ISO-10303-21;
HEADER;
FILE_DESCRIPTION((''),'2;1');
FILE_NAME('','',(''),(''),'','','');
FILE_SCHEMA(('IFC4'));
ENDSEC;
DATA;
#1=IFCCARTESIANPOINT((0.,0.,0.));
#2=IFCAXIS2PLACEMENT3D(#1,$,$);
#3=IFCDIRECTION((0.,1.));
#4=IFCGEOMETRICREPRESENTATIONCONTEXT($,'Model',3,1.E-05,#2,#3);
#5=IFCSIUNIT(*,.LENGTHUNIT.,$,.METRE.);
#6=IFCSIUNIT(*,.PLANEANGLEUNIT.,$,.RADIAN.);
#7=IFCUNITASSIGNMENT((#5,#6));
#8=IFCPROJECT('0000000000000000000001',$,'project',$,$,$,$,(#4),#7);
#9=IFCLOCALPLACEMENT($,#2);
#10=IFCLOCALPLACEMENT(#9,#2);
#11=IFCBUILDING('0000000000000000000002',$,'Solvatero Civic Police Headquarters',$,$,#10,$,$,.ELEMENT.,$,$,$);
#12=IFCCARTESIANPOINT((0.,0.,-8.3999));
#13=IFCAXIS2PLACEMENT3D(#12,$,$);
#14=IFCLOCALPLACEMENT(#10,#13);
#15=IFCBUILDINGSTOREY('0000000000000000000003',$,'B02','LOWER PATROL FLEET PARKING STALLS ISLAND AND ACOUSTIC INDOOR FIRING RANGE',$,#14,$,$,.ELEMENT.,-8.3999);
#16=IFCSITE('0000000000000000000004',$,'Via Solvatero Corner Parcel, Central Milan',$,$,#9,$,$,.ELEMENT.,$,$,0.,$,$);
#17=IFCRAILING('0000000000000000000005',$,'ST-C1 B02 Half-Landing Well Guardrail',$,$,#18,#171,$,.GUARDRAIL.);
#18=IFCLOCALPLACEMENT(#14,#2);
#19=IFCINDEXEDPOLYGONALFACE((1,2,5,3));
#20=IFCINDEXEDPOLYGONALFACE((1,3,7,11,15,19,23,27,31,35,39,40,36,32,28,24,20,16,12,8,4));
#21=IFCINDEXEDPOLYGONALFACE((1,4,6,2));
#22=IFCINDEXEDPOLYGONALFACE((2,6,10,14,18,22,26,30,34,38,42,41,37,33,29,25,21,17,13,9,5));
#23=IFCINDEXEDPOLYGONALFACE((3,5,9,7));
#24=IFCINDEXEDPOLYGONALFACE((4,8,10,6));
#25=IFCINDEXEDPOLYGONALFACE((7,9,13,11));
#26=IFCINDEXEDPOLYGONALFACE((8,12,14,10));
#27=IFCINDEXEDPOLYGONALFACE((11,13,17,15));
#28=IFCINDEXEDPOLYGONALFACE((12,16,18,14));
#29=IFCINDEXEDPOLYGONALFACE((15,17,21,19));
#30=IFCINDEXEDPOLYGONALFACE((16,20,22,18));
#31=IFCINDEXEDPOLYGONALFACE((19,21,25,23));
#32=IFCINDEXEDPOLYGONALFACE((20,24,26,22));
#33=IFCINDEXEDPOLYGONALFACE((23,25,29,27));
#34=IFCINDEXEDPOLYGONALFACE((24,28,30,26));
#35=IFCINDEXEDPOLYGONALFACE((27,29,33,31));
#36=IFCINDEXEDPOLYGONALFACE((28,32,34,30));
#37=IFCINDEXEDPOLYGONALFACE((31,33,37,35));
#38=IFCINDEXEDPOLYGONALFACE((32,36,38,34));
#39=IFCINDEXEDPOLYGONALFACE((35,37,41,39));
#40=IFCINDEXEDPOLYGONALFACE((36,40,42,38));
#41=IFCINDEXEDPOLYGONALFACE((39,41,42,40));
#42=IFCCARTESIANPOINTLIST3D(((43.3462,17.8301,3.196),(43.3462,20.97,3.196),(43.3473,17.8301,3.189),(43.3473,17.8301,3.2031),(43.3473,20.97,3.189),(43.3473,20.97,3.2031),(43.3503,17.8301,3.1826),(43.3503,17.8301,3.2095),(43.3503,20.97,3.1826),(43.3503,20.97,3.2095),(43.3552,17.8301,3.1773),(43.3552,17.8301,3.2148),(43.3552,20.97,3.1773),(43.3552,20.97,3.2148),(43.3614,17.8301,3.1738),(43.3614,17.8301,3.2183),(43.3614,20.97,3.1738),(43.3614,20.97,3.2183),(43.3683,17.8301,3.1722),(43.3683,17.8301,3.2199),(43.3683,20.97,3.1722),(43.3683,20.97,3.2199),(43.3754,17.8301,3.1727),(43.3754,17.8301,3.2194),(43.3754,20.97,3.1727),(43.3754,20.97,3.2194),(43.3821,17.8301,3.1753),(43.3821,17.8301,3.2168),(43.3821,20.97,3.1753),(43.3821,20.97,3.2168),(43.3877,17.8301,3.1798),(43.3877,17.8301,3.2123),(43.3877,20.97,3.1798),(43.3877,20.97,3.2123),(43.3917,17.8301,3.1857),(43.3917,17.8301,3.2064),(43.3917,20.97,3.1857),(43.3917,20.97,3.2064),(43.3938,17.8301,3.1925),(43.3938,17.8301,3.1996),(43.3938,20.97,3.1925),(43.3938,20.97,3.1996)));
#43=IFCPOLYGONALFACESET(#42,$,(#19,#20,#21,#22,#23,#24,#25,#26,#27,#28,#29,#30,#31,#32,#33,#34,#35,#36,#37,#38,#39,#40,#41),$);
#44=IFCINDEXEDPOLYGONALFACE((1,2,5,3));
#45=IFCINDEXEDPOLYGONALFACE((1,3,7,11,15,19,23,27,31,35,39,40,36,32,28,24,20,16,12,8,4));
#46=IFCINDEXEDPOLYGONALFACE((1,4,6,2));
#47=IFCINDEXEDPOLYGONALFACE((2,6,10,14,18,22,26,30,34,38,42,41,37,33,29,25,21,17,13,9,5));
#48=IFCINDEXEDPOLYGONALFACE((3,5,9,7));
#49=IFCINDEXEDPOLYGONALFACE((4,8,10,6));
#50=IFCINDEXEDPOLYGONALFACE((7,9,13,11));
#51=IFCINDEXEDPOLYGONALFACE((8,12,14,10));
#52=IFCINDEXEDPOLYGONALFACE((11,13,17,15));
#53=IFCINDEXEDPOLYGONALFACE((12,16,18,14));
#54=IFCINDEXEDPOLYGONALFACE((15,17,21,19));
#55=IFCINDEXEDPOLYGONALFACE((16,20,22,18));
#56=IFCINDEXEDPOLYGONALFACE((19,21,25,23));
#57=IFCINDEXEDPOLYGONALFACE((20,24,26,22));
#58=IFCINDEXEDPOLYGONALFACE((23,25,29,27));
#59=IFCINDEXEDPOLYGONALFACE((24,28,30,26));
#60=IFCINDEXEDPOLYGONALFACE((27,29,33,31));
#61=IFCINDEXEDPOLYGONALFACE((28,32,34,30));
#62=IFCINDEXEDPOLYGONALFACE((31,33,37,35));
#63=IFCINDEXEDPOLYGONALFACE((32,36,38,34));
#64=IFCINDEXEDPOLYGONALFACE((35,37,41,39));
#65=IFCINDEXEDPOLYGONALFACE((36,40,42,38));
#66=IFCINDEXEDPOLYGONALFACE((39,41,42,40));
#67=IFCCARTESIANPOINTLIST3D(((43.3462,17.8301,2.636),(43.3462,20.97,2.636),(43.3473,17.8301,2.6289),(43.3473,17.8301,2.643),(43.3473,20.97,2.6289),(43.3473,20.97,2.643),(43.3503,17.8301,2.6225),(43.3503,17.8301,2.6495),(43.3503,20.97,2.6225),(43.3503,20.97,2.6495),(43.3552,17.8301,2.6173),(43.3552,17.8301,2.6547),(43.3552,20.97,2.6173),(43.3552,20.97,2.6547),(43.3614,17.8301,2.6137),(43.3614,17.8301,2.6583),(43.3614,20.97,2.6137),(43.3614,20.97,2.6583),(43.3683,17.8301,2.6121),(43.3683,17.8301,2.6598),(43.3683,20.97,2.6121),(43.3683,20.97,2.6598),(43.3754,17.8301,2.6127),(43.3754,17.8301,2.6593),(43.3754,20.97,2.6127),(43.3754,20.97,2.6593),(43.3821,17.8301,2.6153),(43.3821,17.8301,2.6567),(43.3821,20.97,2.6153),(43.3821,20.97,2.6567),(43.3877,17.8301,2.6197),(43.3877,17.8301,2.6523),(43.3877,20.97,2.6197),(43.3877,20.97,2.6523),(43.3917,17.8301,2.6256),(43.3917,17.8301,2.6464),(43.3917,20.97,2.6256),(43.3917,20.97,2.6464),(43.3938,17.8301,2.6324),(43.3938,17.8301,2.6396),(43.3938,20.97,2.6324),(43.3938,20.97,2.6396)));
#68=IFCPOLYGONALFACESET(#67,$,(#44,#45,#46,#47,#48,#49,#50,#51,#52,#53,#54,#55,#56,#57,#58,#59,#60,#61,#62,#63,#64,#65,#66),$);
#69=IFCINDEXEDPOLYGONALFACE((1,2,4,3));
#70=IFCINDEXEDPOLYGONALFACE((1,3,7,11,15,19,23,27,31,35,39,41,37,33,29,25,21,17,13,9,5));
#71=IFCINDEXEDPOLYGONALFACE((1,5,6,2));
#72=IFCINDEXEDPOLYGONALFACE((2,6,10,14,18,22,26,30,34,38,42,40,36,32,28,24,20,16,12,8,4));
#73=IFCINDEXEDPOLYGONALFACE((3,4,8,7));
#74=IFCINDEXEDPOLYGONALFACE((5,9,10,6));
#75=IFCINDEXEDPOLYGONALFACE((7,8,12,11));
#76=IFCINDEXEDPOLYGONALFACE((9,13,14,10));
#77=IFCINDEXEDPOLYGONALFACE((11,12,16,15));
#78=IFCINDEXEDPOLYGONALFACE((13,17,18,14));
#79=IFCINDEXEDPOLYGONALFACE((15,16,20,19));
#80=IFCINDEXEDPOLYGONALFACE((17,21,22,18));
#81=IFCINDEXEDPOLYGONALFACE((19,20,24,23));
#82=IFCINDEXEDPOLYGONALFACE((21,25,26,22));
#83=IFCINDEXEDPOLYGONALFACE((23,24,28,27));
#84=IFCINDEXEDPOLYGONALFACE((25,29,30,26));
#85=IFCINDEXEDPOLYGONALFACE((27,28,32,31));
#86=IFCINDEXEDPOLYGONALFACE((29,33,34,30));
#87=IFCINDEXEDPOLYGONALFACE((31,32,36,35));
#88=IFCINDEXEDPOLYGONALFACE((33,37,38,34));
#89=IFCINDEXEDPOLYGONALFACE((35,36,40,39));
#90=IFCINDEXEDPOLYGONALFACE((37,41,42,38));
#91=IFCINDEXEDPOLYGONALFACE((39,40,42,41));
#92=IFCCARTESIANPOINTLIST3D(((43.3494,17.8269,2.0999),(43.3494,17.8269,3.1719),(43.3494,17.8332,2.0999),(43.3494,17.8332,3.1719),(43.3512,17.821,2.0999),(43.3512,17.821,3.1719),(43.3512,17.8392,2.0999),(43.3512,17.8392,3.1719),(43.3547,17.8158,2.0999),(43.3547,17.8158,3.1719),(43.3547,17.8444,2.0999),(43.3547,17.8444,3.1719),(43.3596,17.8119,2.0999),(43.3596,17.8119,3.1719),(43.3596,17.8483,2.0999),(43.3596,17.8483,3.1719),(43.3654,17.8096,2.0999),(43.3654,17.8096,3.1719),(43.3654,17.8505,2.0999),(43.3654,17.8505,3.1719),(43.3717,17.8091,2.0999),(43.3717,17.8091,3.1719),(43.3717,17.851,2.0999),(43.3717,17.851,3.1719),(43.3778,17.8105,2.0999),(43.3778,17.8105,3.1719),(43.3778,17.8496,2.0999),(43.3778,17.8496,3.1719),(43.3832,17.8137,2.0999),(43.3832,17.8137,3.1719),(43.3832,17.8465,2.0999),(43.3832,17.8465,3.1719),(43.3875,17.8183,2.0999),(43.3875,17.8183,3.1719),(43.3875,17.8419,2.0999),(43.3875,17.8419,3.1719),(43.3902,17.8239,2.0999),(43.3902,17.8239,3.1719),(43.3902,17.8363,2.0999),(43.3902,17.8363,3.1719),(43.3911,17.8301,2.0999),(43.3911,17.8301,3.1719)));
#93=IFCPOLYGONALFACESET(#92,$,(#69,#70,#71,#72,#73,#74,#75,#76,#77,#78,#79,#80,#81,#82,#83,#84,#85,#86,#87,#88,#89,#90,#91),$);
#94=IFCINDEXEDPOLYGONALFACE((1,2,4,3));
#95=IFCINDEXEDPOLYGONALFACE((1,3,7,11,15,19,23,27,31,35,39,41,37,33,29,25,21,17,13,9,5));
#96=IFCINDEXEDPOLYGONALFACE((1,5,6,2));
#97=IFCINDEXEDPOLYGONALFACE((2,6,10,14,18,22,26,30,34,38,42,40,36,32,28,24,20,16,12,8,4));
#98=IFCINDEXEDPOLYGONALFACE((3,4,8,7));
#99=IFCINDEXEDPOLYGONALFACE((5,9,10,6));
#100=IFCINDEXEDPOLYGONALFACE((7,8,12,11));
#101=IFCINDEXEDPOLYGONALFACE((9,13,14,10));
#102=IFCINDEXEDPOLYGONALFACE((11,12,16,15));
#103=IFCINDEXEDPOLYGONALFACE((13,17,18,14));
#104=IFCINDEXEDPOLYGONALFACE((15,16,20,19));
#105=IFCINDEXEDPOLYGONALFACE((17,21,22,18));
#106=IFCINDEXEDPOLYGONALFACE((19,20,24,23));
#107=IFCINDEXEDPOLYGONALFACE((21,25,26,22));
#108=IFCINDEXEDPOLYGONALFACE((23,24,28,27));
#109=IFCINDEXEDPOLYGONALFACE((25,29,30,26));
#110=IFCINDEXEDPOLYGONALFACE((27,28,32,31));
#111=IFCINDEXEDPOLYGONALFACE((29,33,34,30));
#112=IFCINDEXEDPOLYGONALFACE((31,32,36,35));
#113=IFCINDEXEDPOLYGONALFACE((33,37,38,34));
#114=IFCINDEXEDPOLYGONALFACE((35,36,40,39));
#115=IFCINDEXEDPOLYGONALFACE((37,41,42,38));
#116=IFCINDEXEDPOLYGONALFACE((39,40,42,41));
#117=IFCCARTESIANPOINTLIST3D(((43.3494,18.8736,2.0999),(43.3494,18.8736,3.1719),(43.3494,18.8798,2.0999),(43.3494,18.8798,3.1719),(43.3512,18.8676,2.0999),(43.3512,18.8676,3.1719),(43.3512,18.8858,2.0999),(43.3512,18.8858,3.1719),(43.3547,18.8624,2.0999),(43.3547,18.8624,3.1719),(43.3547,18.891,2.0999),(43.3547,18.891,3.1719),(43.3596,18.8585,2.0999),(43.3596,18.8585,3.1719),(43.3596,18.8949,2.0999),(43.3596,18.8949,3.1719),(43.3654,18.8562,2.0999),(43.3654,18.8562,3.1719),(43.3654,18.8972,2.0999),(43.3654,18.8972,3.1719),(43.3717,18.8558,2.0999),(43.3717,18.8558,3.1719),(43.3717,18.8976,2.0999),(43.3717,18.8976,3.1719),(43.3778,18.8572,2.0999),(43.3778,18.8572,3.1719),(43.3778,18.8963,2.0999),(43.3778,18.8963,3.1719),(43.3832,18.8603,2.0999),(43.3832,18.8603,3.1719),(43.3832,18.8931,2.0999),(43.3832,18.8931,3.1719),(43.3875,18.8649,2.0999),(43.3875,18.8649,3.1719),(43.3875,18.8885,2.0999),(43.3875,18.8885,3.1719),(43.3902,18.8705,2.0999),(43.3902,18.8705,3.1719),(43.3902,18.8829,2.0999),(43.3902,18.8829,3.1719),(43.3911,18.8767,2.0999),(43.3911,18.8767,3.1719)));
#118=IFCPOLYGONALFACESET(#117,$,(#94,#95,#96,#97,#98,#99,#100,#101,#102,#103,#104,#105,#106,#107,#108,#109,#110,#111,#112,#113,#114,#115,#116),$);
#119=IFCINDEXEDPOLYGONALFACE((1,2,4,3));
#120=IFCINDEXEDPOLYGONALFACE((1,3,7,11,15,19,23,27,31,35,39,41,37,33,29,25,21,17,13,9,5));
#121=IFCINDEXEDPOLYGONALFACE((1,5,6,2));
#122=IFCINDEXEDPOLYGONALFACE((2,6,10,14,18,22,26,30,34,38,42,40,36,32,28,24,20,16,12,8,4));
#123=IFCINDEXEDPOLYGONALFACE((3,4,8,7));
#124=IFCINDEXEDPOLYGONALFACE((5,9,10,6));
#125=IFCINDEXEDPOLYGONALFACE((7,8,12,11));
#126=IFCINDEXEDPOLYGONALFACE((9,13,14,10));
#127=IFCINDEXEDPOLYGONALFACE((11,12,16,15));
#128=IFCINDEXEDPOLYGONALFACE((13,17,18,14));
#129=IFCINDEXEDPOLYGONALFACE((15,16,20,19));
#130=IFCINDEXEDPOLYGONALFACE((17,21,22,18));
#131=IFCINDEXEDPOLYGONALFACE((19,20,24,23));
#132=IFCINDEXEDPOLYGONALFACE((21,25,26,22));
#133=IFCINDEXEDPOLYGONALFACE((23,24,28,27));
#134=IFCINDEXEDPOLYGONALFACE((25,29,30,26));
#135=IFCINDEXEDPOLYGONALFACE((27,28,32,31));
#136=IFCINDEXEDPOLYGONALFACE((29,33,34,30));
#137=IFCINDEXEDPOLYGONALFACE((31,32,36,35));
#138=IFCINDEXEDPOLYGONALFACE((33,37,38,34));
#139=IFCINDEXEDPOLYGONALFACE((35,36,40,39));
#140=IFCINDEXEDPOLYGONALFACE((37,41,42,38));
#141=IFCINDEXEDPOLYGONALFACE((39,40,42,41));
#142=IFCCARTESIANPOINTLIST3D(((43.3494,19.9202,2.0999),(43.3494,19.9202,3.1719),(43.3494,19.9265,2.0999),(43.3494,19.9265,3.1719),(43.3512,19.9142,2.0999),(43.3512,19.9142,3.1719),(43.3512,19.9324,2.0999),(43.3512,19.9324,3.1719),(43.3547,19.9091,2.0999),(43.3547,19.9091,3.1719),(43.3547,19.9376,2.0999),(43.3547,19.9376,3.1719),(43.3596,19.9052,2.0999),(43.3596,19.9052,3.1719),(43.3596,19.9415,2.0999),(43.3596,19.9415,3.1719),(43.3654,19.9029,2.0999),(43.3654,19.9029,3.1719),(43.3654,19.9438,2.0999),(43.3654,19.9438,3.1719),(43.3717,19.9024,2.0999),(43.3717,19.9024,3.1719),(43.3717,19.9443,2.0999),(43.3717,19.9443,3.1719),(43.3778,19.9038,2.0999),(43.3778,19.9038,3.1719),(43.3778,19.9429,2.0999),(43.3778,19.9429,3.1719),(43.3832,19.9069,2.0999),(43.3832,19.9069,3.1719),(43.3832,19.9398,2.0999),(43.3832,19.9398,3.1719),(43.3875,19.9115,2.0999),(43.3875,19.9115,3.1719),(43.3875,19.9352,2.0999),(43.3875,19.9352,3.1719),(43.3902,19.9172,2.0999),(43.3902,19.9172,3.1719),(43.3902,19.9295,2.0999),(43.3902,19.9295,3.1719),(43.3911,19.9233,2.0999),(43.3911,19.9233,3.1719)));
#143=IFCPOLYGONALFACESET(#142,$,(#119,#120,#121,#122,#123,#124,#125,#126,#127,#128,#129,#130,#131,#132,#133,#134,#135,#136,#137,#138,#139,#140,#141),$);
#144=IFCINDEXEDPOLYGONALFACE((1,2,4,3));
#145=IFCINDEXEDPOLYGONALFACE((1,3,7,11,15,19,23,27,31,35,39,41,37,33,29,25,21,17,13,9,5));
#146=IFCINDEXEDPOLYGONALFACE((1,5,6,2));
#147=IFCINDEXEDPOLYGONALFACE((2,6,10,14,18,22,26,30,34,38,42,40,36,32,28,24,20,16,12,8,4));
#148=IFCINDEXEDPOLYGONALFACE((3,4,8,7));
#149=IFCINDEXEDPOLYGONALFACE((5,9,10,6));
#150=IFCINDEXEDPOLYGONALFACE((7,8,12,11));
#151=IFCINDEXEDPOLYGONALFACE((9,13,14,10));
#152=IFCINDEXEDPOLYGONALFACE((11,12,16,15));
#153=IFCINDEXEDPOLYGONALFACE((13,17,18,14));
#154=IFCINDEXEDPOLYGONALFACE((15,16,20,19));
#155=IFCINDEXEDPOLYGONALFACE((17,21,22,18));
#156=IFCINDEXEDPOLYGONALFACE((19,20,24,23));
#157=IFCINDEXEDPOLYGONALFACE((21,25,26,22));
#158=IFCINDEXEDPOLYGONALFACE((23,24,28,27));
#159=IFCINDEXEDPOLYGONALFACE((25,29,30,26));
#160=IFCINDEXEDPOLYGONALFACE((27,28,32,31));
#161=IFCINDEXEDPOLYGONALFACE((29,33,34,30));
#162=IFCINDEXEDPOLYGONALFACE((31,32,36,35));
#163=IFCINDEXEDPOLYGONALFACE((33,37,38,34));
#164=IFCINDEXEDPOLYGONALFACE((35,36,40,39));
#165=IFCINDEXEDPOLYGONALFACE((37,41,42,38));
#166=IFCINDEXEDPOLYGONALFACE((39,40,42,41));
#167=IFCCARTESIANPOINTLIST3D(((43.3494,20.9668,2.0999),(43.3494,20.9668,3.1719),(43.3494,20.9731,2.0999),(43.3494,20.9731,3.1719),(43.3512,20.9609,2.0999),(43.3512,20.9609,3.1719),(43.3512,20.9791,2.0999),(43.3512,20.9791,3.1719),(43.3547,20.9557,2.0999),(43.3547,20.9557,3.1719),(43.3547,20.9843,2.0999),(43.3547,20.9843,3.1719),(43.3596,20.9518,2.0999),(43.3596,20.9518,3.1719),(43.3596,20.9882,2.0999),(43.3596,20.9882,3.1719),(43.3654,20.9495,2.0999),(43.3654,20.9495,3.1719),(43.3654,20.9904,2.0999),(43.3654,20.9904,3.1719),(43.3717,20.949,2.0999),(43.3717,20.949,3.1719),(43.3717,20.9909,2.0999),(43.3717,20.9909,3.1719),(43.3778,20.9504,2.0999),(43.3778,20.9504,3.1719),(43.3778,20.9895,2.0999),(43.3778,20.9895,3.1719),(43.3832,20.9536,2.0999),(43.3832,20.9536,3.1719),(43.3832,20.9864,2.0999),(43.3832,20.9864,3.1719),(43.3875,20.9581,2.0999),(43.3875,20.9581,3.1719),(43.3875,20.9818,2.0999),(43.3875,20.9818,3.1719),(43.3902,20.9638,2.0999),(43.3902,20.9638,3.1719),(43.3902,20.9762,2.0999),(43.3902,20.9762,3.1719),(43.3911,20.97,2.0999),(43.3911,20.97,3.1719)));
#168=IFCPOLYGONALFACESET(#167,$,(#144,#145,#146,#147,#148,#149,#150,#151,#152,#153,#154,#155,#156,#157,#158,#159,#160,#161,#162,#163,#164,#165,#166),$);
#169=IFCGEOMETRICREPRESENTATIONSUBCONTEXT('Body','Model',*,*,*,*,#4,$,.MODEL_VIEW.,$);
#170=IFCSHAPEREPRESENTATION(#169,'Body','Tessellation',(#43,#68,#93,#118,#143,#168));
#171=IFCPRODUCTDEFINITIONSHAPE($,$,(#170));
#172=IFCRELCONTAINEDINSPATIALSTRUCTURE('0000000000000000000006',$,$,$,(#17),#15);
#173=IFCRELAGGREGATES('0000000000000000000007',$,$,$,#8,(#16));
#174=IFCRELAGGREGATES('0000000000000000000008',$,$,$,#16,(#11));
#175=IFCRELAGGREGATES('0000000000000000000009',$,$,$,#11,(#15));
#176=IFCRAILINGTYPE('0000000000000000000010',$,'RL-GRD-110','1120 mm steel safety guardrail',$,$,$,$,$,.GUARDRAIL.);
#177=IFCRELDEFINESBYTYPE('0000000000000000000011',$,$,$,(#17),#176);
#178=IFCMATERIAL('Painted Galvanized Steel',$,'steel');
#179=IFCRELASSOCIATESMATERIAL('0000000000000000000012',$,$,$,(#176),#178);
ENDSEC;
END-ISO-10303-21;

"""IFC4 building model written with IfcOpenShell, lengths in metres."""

from ifc_helpers import new_model, si_unit, direction, frame, origin, origin_2d, place, context, subcontext, project, spatial, circle, extrude, material, type_object, element, save


model = new_model("IFC4")

# Units and contexts
model_context = context("Model", 3, precision=1e-05, world=origin(), true_north=direction((0.0, 1.0)))
body_context = subcontext(model_context, "Body", "Model", "MODEL_VIEW")
ifc_project = project(units=[si_unit("LENGTHUNIT", "METRE"), si_unit("PLANEANGLEUNIT", "RADIAN")], contexts=[model_context])

# Site, building, storey
site_placement = place(None, origin())
site = spatial("IfcSite", under=ifc_project, at=site_placement, Name="Via Solvatero Corner Parcel, Central Milan", CompositionType="ELEMENT", RefElevation=0.0)
building_placement = place(site_placement, origin())
building = spatial("IfcBuilding", under=site, at=building_placement, Name="Solvatero Civic Police Headquarters", CompositionType="ELEMENT")
storey_placement = place(building_placement, frame((0.0, 0.0, -8.3999)))
storey = spatial("IfcBuildingStorey", under=building, at=storey_placement, Name="B02", Description="LOWER PATROL FLEET PARKING STALLS ISLAND AND ACOUSTIC INDOOR FIRING RANGE", CompositionType="ELEMENT", Elevation=-8.3999)

# Railing
ifc_material_1 = material(Name="Painted Galvanized Steel", Category="steel")
railing_type_1 = type_object("IfcRailingType", Name="RL-GRD-110", Description="1120 mm steel safety guardrail", PredefinedType="GUARDRAIL", material=ifc_material_1)
railing_1_placement = place(storey_placement, frame((43.3701, 17.8301, 2.0999)))
element("IfcRailing", 1, at=railing_1_placement, inside=storey, type_object=railing_type_1, Name="ST-C1 B02 Half-Landing Well Guardrail", PredefinedType="GUARDRAIL", context=body_context, shape_type="SweptSolid", body=[
    extrude(circle(Radius=0.0239, at=origin_2d()), frame((0.0, 0.0, 1.0962), z_axis=(0.0, 1.0, 0.0), x_axis=(-1.0, 0.0, 0.0)), (0.0, 0.0, 1.0), 3.1399),
    extrude(circle(Radius=0.0239, at=origin_2d()), frame((0.0, 0.0, 0.5361), z_axis=(0.0, 1.0, 0.0), x_axis=(-1.0, 0.0, 0.0)), (0.0, 0.0, 1.0), 3.1399),
    extrude(circle(Radius=0.021, at=origin_2d()), origin(), (0.0, 0.0, 1.0), 1.072),
    extrude(circle(Radius=0.021, at=origin_2d()), frame((0.0, 1.0466, 0.0)), (0.0, 0.0, 1.0), 1.072),
    extrude(circle(Radius=0.021, at=origin_2d()), frame((0.0, 2.0933, 0.0)), (0.0, 0.0, 1.0), 1.072),
    extrude(circle(Radius=0.021, at=origin_2d()), frame((0.0, 3.1399, 0.0)), (0.0, 0.0, 1.0), 1.072),
])

save(model, "model.ifc")
